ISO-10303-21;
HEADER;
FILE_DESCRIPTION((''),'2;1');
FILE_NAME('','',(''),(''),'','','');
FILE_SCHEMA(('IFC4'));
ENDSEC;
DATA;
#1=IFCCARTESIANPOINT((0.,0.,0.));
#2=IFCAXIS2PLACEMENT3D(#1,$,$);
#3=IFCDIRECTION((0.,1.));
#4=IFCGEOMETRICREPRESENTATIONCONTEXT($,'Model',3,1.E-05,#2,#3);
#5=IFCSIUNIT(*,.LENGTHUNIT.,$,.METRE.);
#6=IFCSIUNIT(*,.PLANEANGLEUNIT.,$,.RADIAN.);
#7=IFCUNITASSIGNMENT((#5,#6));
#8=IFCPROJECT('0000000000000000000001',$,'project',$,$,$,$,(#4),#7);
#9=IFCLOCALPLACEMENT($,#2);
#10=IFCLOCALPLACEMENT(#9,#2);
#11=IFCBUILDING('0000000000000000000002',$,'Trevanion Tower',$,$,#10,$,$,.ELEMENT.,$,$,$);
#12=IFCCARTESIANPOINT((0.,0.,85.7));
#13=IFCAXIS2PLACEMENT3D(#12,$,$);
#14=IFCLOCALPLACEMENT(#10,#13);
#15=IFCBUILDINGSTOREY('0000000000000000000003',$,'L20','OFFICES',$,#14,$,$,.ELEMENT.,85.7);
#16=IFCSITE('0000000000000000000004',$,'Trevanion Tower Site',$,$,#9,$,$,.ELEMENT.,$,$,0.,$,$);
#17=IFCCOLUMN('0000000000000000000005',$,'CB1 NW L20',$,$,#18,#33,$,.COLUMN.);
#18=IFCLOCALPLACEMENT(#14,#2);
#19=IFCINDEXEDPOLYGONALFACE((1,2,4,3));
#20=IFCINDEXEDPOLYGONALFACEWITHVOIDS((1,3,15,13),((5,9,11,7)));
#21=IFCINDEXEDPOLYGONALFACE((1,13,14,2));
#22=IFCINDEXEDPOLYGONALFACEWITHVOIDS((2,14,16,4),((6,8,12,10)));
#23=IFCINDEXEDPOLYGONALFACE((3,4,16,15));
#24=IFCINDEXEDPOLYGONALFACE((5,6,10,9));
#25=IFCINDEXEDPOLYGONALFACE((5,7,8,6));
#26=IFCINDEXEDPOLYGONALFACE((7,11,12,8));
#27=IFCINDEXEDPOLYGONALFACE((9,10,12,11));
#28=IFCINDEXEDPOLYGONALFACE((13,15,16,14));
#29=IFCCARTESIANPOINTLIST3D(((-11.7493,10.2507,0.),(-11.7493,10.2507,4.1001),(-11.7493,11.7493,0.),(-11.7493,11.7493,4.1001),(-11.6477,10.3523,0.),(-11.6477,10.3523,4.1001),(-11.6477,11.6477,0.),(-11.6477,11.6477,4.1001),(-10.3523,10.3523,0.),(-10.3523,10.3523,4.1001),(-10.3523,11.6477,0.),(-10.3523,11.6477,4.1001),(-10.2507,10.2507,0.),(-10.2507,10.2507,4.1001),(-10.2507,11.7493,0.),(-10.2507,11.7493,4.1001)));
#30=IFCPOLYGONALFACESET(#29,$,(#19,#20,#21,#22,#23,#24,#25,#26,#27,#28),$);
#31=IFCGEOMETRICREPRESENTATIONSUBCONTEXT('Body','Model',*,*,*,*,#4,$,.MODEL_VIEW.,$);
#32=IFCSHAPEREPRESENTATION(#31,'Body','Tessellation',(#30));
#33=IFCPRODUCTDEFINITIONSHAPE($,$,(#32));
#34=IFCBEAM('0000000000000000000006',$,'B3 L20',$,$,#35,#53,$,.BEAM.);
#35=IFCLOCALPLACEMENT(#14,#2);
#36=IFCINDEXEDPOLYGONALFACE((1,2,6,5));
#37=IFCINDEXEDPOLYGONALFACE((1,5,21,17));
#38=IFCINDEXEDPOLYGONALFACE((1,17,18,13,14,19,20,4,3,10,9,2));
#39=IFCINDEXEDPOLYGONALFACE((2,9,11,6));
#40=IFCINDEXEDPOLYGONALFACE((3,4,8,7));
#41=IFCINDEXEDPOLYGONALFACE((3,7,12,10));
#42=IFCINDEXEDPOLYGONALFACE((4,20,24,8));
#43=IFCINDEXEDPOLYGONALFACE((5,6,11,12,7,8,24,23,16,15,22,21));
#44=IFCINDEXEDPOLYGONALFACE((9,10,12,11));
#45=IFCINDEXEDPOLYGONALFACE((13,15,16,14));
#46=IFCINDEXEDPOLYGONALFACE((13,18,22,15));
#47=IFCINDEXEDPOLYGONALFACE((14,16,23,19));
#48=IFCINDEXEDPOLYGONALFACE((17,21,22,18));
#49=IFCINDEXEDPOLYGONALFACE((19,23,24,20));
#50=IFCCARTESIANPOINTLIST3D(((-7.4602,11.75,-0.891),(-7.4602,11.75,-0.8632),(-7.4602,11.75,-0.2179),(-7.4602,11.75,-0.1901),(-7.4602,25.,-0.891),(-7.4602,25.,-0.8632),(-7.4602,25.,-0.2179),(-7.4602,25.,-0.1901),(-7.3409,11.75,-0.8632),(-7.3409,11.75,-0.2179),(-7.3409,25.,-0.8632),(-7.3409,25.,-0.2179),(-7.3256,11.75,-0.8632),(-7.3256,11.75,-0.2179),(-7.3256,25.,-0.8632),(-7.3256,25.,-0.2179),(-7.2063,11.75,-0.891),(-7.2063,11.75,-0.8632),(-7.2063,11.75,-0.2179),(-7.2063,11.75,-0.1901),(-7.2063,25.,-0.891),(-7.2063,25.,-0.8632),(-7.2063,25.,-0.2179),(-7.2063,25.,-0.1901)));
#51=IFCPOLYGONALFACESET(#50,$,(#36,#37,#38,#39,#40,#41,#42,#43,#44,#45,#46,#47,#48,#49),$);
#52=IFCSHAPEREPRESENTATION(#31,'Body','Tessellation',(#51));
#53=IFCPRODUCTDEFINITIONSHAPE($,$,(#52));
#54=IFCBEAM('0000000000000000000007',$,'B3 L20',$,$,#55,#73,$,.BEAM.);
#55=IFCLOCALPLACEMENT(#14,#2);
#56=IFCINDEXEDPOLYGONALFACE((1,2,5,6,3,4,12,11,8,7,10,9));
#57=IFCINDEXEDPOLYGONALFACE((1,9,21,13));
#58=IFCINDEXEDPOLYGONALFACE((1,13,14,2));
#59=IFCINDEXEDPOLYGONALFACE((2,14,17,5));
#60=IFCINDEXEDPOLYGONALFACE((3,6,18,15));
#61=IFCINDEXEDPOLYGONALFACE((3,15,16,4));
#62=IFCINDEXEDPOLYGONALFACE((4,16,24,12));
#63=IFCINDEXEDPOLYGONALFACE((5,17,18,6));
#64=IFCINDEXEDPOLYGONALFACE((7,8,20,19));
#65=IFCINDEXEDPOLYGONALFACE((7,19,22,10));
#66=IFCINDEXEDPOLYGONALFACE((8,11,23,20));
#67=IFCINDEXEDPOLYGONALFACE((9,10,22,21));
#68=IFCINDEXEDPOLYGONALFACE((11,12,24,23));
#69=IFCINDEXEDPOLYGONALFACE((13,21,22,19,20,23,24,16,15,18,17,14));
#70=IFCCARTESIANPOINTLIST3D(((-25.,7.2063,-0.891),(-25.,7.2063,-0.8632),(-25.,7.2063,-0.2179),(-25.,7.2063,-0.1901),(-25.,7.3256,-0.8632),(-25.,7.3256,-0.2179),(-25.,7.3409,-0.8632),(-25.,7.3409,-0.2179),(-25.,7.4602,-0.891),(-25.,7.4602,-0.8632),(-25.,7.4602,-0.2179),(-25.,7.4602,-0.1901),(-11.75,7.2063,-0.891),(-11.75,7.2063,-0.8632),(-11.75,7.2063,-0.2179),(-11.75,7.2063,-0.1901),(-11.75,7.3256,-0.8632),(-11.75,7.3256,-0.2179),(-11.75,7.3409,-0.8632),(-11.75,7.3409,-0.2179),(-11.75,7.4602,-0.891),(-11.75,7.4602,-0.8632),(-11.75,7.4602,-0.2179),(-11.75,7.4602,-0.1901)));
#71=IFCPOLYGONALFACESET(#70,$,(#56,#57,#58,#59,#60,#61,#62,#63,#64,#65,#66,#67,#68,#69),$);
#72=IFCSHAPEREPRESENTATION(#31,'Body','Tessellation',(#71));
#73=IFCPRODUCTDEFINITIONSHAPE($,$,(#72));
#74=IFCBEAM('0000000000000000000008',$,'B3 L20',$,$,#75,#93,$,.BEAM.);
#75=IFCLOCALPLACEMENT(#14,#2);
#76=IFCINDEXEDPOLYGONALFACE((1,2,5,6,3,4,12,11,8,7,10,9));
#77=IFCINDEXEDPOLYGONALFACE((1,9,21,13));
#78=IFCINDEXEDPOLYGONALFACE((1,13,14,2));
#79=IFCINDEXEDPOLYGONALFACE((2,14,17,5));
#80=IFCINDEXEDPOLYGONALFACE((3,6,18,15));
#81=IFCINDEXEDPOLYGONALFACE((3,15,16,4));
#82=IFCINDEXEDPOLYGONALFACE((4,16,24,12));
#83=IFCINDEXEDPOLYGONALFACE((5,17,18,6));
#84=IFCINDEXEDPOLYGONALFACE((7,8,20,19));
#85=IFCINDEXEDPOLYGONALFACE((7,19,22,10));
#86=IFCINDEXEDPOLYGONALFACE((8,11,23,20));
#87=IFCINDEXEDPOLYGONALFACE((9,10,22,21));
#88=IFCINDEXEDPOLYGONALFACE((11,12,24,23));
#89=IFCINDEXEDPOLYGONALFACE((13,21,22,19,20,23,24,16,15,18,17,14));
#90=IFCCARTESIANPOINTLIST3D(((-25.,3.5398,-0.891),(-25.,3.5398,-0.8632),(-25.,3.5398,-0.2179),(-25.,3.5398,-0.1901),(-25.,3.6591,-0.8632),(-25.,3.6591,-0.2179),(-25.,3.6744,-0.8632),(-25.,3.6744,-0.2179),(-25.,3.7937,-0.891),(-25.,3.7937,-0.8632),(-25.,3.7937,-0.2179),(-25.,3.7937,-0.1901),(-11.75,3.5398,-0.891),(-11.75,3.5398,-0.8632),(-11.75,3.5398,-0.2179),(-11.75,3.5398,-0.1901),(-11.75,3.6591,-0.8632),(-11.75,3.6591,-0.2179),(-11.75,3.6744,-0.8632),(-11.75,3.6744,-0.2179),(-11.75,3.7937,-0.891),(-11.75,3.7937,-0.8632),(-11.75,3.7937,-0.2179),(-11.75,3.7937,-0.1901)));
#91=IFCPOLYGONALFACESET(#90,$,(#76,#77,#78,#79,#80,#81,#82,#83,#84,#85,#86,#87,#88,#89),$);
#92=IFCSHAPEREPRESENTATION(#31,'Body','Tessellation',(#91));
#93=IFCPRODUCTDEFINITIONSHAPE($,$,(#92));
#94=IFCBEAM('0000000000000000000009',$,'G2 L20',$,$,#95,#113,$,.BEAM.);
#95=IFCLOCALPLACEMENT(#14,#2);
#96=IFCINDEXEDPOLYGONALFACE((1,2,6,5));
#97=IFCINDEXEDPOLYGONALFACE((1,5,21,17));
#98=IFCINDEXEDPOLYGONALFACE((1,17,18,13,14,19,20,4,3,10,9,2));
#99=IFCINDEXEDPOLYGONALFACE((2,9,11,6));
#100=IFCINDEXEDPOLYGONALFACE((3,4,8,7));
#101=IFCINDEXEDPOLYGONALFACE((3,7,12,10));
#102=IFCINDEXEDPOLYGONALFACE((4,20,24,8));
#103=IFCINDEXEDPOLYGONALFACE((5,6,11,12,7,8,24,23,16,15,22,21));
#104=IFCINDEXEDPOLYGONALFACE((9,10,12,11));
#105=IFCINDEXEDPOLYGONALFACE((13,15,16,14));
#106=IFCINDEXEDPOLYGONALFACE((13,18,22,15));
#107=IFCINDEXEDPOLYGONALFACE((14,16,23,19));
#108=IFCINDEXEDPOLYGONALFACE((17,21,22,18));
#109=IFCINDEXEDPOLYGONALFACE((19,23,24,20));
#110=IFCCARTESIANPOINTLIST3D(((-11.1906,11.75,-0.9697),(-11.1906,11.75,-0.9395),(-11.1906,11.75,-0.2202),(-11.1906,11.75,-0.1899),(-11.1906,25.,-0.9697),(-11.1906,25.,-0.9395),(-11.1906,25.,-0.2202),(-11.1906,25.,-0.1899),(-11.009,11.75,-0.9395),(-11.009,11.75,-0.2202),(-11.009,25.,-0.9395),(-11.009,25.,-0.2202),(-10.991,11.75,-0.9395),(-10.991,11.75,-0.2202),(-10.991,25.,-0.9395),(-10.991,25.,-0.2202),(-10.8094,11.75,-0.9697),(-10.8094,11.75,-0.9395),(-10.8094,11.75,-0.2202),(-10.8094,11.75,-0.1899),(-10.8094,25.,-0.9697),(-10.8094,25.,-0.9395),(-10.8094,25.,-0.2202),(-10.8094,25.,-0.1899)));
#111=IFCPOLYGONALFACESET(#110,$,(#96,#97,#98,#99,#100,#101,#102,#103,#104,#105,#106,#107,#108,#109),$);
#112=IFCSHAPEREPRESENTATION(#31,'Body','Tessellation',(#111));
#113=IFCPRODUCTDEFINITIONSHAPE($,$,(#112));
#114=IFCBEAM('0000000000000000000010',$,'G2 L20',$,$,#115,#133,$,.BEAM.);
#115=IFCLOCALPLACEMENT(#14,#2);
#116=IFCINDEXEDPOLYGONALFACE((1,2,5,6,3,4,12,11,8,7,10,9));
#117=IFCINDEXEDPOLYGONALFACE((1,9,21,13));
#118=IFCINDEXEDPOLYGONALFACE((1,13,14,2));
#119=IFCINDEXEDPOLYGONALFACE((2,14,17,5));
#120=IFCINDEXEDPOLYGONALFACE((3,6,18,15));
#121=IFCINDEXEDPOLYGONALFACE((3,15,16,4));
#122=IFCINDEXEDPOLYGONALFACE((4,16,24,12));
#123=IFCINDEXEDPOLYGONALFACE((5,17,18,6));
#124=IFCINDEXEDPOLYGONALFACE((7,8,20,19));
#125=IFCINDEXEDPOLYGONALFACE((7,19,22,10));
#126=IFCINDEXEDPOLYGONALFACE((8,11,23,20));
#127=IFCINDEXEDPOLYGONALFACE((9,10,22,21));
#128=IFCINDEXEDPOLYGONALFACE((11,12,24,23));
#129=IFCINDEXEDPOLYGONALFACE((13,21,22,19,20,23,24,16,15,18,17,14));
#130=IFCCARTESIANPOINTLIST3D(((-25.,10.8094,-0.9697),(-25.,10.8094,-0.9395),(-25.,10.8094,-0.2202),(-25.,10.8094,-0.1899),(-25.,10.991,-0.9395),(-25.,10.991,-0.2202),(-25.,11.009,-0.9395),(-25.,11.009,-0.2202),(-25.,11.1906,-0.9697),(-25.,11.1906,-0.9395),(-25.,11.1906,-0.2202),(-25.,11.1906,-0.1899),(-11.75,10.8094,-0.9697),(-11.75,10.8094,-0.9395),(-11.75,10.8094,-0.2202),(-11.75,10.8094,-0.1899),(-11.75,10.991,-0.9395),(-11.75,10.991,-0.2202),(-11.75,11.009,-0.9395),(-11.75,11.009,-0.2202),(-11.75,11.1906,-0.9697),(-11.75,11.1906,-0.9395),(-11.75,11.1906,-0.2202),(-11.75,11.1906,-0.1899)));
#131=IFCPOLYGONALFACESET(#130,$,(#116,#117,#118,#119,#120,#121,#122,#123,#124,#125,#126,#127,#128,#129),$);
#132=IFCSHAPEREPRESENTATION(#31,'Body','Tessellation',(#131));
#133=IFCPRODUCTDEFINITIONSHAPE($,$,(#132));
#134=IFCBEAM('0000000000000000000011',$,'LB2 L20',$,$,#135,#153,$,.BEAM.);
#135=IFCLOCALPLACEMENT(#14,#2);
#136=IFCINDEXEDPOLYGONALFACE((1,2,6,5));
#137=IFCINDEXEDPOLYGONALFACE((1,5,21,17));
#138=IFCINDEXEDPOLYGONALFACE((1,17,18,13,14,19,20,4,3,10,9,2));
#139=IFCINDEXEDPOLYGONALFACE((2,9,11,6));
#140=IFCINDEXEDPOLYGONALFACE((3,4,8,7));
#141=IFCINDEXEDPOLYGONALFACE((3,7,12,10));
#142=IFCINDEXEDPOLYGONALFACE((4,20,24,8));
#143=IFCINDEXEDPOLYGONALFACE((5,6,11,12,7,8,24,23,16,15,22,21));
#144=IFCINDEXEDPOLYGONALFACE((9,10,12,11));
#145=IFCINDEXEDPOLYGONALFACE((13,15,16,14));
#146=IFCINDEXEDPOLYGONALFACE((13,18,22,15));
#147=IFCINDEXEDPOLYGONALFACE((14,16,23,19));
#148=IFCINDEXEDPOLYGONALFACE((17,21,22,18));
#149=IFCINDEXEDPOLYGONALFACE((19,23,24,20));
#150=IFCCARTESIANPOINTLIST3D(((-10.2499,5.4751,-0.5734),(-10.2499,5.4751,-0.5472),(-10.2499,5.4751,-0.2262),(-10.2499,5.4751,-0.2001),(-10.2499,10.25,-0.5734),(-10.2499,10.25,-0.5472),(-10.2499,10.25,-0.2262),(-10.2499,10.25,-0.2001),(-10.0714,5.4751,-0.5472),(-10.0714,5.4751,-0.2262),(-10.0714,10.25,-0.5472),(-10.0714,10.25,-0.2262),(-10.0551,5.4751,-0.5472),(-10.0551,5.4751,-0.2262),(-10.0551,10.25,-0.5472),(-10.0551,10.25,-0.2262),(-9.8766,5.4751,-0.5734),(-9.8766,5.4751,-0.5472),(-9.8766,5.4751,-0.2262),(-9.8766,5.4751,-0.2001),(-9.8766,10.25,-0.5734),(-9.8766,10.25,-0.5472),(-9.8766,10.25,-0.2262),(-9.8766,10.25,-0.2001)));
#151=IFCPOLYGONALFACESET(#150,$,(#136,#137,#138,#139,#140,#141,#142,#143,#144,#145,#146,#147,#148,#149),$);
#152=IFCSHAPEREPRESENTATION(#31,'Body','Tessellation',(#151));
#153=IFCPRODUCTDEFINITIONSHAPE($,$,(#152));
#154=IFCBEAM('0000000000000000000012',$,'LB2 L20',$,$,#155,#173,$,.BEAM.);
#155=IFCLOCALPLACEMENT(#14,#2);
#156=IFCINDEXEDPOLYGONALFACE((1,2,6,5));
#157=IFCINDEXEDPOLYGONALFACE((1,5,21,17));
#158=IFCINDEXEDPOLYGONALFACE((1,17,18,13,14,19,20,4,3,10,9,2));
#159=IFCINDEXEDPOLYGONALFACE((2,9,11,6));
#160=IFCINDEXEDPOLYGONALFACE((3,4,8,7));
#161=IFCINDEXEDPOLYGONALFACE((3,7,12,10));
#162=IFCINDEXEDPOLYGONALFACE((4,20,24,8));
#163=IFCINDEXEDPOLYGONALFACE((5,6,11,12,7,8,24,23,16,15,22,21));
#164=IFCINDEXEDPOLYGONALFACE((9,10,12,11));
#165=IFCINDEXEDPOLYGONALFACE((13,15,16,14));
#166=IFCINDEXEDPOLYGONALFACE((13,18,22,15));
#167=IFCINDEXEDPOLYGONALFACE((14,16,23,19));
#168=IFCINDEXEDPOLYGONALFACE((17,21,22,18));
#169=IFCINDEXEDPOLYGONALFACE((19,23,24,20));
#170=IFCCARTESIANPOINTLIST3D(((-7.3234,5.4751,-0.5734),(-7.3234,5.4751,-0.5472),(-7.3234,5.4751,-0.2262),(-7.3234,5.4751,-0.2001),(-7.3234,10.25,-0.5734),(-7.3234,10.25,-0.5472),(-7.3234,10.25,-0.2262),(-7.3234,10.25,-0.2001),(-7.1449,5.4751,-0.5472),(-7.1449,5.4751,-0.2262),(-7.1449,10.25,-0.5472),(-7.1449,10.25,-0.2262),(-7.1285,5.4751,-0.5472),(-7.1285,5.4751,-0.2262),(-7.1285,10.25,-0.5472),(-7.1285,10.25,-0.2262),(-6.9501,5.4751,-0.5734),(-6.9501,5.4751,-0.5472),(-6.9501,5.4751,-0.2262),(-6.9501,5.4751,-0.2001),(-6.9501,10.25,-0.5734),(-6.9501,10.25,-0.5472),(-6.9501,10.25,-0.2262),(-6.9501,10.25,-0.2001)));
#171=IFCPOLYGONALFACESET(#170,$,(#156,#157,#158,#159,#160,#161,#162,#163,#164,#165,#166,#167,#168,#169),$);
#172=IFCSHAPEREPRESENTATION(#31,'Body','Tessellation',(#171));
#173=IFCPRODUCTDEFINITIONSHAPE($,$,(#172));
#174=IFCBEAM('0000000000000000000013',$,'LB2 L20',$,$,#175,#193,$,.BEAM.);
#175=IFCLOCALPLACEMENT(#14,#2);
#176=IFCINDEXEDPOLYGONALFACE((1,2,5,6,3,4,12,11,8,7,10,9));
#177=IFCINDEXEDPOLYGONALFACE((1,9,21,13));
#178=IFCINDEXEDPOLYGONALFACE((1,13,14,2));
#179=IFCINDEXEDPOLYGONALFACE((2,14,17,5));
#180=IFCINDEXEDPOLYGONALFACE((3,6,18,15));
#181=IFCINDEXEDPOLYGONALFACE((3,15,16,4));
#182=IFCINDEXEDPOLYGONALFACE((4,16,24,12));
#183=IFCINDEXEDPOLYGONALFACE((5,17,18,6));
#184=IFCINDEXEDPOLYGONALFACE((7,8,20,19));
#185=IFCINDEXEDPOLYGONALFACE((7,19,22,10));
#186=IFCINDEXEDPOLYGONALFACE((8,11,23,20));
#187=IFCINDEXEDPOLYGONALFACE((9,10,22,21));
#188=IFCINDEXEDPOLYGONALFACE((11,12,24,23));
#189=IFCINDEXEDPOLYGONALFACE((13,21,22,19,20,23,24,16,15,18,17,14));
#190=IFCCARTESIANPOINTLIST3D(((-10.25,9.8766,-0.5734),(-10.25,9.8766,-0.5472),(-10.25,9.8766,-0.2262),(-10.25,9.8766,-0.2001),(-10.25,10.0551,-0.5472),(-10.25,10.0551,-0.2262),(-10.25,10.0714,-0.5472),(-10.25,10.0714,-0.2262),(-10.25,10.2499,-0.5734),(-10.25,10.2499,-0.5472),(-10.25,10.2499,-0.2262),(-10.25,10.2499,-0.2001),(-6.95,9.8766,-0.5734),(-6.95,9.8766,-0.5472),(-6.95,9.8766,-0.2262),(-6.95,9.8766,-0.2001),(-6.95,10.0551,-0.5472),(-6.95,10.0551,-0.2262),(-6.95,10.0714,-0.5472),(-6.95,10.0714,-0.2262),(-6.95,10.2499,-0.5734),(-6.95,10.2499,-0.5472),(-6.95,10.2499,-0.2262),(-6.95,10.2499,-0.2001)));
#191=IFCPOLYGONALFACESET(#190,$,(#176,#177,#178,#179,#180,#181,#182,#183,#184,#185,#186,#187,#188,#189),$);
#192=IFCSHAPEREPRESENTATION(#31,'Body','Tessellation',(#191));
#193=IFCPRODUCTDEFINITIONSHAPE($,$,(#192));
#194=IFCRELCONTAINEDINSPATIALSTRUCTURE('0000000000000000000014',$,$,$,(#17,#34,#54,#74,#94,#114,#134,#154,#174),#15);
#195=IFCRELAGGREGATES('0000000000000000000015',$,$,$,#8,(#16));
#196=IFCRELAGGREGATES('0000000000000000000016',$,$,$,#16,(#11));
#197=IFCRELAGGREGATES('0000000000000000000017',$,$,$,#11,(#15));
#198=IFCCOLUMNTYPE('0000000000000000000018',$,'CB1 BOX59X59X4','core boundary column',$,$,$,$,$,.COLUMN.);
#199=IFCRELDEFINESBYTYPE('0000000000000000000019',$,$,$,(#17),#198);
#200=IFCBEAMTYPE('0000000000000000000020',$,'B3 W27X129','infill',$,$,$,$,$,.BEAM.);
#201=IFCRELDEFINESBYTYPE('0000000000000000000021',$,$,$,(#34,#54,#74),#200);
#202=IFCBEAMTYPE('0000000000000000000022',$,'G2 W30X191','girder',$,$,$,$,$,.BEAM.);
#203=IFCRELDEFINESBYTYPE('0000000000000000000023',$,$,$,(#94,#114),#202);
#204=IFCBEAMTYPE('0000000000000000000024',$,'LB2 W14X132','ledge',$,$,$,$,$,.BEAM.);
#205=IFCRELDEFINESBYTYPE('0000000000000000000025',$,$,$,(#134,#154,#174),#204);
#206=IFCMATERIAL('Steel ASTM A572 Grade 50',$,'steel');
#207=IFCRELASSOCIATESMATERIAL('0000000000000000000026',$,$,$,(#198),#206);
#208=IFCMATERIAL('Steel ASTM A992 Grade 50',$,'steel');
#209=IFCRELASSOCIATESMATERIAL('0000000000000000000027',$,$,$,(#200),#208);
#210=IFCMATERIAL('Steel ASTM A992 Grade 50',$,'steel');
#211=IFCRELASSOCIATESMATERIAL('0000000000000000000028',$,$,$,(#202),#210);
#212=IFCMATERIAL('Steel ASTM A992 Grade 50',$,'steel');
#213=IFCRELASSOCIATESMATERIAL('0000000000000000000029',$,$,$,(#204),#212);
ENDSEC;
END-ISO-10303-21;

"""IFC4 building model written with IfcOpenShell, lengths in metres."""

from ifc_helpers import new_model, si_unit, direction, frame, origin, origin_2d, place, context, subcontext, project, spatial, hollow_rectangle, i_section, extrude, material, material_profile, profile_set, type_object, element, save


model = new_model("IFC4")

# Units and contexts
model_context = context("Model", 3, precision=1e-05, world=origin(), true_north=direction((0.0, 1.0)))
body_context = subcontext(model_context, "Body", "Model", "MODEL_VIEW")
ifc_project = project(units=[si_unit("LENGTHUNIT", "METRE"), si_unit("PLANEANGLEUNIT", "RADIAN")], contexts=[model_context])

# Site, building, storey
site_placement = place(None, origin())
site = spatial("IfcSite", under=ifc_project, at=site_placement, Name="Trevanion Tower Site", CompositionType="ELEMENT", RefElevation=0.0)
building_placement = place(site_placement, origin())
building = spatial("IfcBuilding", under=site, at=building_placement, Name="Trevanion Tower", CompositionType="ELEMENT")
storey_placement = place(building_placement, frame((0.0, 0.0, 85.7)))
storey = spatial("IfcBuildingStorey", under=building, at=storey_placement, Name="L20", Description="OFFICES", CompositionType="ELEMENT", Elevation=85.7)

# Column
ifc_material_1 = material(Name="Steel ASTM A572 Grade 50", Category="steel")
ifc_material_profile_1 = material_profile(ifc_material_1, hollow_rectangle(XDim=1.4985, YDim=1.4985, WallThickness=0.1016, at=origin_2d()), Name="BOX59X59X4")
ifc_profile_set_1 = profile_set([ifc_material_profile_1], Name="Steel ASTM A572 Grade 50")
column_type = type_object("IfcColumnType", Name="CB1 BOX59X59X4", Description="core boundary column", PredefinedType="COLUMN", material=ifc_profile_set_1)
column_placement = place(storey_placement, frame((-11.0, 11.0, 0.0), z_axis=(0.0, 0.0, 1.0), x_axis=(1.0, 0.0, 0.0)))
element("IfcColumn", 1, at=column_placement, inside=storey, type_object=column_type, Name="CB1 NW L20", PredefinedType="COLUMN", context=body_context, shape_type="SweptSolid", body=[
    extrude(hollow_rectangle(XDim=1.4985, YDim=1.4985, WallThickness=0.1016, at=origin_2d()), origin(), (0.0, 0.0, 1.0), 4.1001),
])

# Beams
ifc_material_2 = material(Name="Steel ASTM A992 Grade 50", Category="steel")
ifc_material_profile_2 = material_profile(ifc_material_2, i_section(OverallWidth=0.2539, OverallDepth=0.7009, WebThickness=0.0154, FlangeThickness=0.0278, at=origin_2d()), Name="W27X129")
ifc_profile_set_2 = profile_set([ifc_material_profile_2], Name="Steel ASTM A992 Grade 50")
beam_type_1 = type_object("IfcBeamType", Name="B3 W27X129", Description="infill", PredefinedType="BEAM", material=ifc_profile_set_2)
for number, where, z_axis, x_axis, name in (
    (2, (-7.3333, 11.75, -0.5405), (0.0, 1.0, 0.0), (-1.0, 0.0, 0.0), "B3 L20"),
    (3, (-11.75, 7.3333, -0.5405), (-1.0, 0.0, 0.0), (0.0, -1.0, 0.0), "B3 L20"),
    (4, (-11.75, 3.6667, -0.5405), (-1.0, 0.0, 0.0), (0.0, -1.0, 0.0), "B3 L20"),
):
    element("IfcBeam", number, at=place(storey_placement, frame(where, z_axis=z_axis, x_axis=x_axis)), inside=storey, type_object=beam_type_1, Name=name, PredefinedType="BEAM", context=body_context, shape_type="SweptSolid", body=[
        extrude(i_section(OverallWidth=0.2539, OverallDepth=0.7009, WebThickness=0.0154, FlangeThickness=0.0278, at=origin_2d()), origin(), (0.0, 0.0, 1.0), 13.25),
    ])
ifc_material_3 = material(Name="Steel ASTM A992 Grade 50", Category="steel")
ifc_material_profile_3 = material_profile(ifc_material_3, i_section(OverallWidth=0.3811, OverallDepth=0.7798, WebThickness=0.0181, FlangeThickness=0.0303, at=origin_2d()), Name="W30X191")
ifc_profile_set_3 = profile_set([ifc_material_profile_3], Name="Steel ASTM A992 Grade 50")
beam_type_2 = type_object("IfcBeamType", Name="G2 W30X191", Description="girder", PredefinedType="BEAM", material=ifc_profile_set_3)
for number, where, z_axis, x_axis, name in (
    (5, (-11.0, 11.75, -0.5798), (0.0, 1.0, 0.0), (-1.0, 0.0, 0.0), "G2 L20"),
    (6, (-11.75, 11.0, -0.5798), (-1.0, 0.0, 0.0), (0.0, -1.0, 0.0), "G2 L20"),
):
    element("IfcBeam", number, at=place(storey_placement, frame(where, z_axis=z_axis, x_axis=x_axis)), inside=storey, type_object=beam_type_2, Name=name, PredefinedType="BEAM", context=body_context, shape_type="SweptSolid", body=[
        extrude(i_section(OverallWidth=0.3811, OverallDepth=0.7798, WebThickness=0.0181, FlangeThickness=0.0303, at=origin_2d()), origin(), (0.0, 0.0, 1.0), 13.25),
    ])
ifc_material_4 = material(Name="Steel ASTM A992 Grade 50", Category="steel")
ifc_material_profile_4 = material_profile(ifc_material_4, i_section(OverallWidth=0.3733, OverallDepth=0.3733, WebThickness=0.0164, FlangeThickness=0.0261, at=origin_2d()), Name="W14X132")
ifc_profile_set_4 = profile_set([ifc_material_profile_4], Name="Steel ASTM A992 Grade 50")
beam_type_3 = type_object("IfcBeamType", Name="LB2 W14X132", Description="ledge", PredefinedType="BEAM", material=ifc_profile_set_4)
for number, where, z_axis, x_axis, name in (
    (7, (-10.0632, 5.4751, -0.3867), (0.0, 1.0, 0.0), (-1.0, 0.0, 0.0), "LB2 L20"),
    (8, (-7.1367, 5.4751, -0.3867), (0.0, 1.0, 0.0), (-1.0, 0.0, 0.0), "LB2 L20"),
):
    element("IfcBeam", number, at=place(storey_placement, frame(where, z_axis=z_axis, x_axis=x_axis)), inside=storey, type_object=beam_type_3, Name=name, PredefinedType="BEAM", context=body_context, shape_type="SweptSolid", body=[
        extrude(i_section(OverallWidth=0.3733, OverallDepth=0.3733, WebThickness=0.0164, FlangeThickness=0.0261, at=origin_2d()), origin(), (0.0, 0.0, 1.0), 4.7749),
    ])
beam_placement = place(storey_placement, frame((-10.25, 10.0632, -0.3867), z_axis=(1.0, 0.0, 0.0), x_axis=(0.0, 1.0, 0.0)))
element("IfcBeam", 9, at=beam_placement, inside=storey, type_object=beam_type_3, Name="LB2 L20", PredefinedType="BEAM", context=body_context, shape_type="SweptSolid", body=[
    extrude(i_section(OverallWidth=0.3733, OverallDepth=0.3733, WebThickness=0.0164, FlangeThickness=0.0261, at=origin_2d()), origin(), (0.0, 0.0, 1.0), 3.3),
])

save(model, "model.ifc")
